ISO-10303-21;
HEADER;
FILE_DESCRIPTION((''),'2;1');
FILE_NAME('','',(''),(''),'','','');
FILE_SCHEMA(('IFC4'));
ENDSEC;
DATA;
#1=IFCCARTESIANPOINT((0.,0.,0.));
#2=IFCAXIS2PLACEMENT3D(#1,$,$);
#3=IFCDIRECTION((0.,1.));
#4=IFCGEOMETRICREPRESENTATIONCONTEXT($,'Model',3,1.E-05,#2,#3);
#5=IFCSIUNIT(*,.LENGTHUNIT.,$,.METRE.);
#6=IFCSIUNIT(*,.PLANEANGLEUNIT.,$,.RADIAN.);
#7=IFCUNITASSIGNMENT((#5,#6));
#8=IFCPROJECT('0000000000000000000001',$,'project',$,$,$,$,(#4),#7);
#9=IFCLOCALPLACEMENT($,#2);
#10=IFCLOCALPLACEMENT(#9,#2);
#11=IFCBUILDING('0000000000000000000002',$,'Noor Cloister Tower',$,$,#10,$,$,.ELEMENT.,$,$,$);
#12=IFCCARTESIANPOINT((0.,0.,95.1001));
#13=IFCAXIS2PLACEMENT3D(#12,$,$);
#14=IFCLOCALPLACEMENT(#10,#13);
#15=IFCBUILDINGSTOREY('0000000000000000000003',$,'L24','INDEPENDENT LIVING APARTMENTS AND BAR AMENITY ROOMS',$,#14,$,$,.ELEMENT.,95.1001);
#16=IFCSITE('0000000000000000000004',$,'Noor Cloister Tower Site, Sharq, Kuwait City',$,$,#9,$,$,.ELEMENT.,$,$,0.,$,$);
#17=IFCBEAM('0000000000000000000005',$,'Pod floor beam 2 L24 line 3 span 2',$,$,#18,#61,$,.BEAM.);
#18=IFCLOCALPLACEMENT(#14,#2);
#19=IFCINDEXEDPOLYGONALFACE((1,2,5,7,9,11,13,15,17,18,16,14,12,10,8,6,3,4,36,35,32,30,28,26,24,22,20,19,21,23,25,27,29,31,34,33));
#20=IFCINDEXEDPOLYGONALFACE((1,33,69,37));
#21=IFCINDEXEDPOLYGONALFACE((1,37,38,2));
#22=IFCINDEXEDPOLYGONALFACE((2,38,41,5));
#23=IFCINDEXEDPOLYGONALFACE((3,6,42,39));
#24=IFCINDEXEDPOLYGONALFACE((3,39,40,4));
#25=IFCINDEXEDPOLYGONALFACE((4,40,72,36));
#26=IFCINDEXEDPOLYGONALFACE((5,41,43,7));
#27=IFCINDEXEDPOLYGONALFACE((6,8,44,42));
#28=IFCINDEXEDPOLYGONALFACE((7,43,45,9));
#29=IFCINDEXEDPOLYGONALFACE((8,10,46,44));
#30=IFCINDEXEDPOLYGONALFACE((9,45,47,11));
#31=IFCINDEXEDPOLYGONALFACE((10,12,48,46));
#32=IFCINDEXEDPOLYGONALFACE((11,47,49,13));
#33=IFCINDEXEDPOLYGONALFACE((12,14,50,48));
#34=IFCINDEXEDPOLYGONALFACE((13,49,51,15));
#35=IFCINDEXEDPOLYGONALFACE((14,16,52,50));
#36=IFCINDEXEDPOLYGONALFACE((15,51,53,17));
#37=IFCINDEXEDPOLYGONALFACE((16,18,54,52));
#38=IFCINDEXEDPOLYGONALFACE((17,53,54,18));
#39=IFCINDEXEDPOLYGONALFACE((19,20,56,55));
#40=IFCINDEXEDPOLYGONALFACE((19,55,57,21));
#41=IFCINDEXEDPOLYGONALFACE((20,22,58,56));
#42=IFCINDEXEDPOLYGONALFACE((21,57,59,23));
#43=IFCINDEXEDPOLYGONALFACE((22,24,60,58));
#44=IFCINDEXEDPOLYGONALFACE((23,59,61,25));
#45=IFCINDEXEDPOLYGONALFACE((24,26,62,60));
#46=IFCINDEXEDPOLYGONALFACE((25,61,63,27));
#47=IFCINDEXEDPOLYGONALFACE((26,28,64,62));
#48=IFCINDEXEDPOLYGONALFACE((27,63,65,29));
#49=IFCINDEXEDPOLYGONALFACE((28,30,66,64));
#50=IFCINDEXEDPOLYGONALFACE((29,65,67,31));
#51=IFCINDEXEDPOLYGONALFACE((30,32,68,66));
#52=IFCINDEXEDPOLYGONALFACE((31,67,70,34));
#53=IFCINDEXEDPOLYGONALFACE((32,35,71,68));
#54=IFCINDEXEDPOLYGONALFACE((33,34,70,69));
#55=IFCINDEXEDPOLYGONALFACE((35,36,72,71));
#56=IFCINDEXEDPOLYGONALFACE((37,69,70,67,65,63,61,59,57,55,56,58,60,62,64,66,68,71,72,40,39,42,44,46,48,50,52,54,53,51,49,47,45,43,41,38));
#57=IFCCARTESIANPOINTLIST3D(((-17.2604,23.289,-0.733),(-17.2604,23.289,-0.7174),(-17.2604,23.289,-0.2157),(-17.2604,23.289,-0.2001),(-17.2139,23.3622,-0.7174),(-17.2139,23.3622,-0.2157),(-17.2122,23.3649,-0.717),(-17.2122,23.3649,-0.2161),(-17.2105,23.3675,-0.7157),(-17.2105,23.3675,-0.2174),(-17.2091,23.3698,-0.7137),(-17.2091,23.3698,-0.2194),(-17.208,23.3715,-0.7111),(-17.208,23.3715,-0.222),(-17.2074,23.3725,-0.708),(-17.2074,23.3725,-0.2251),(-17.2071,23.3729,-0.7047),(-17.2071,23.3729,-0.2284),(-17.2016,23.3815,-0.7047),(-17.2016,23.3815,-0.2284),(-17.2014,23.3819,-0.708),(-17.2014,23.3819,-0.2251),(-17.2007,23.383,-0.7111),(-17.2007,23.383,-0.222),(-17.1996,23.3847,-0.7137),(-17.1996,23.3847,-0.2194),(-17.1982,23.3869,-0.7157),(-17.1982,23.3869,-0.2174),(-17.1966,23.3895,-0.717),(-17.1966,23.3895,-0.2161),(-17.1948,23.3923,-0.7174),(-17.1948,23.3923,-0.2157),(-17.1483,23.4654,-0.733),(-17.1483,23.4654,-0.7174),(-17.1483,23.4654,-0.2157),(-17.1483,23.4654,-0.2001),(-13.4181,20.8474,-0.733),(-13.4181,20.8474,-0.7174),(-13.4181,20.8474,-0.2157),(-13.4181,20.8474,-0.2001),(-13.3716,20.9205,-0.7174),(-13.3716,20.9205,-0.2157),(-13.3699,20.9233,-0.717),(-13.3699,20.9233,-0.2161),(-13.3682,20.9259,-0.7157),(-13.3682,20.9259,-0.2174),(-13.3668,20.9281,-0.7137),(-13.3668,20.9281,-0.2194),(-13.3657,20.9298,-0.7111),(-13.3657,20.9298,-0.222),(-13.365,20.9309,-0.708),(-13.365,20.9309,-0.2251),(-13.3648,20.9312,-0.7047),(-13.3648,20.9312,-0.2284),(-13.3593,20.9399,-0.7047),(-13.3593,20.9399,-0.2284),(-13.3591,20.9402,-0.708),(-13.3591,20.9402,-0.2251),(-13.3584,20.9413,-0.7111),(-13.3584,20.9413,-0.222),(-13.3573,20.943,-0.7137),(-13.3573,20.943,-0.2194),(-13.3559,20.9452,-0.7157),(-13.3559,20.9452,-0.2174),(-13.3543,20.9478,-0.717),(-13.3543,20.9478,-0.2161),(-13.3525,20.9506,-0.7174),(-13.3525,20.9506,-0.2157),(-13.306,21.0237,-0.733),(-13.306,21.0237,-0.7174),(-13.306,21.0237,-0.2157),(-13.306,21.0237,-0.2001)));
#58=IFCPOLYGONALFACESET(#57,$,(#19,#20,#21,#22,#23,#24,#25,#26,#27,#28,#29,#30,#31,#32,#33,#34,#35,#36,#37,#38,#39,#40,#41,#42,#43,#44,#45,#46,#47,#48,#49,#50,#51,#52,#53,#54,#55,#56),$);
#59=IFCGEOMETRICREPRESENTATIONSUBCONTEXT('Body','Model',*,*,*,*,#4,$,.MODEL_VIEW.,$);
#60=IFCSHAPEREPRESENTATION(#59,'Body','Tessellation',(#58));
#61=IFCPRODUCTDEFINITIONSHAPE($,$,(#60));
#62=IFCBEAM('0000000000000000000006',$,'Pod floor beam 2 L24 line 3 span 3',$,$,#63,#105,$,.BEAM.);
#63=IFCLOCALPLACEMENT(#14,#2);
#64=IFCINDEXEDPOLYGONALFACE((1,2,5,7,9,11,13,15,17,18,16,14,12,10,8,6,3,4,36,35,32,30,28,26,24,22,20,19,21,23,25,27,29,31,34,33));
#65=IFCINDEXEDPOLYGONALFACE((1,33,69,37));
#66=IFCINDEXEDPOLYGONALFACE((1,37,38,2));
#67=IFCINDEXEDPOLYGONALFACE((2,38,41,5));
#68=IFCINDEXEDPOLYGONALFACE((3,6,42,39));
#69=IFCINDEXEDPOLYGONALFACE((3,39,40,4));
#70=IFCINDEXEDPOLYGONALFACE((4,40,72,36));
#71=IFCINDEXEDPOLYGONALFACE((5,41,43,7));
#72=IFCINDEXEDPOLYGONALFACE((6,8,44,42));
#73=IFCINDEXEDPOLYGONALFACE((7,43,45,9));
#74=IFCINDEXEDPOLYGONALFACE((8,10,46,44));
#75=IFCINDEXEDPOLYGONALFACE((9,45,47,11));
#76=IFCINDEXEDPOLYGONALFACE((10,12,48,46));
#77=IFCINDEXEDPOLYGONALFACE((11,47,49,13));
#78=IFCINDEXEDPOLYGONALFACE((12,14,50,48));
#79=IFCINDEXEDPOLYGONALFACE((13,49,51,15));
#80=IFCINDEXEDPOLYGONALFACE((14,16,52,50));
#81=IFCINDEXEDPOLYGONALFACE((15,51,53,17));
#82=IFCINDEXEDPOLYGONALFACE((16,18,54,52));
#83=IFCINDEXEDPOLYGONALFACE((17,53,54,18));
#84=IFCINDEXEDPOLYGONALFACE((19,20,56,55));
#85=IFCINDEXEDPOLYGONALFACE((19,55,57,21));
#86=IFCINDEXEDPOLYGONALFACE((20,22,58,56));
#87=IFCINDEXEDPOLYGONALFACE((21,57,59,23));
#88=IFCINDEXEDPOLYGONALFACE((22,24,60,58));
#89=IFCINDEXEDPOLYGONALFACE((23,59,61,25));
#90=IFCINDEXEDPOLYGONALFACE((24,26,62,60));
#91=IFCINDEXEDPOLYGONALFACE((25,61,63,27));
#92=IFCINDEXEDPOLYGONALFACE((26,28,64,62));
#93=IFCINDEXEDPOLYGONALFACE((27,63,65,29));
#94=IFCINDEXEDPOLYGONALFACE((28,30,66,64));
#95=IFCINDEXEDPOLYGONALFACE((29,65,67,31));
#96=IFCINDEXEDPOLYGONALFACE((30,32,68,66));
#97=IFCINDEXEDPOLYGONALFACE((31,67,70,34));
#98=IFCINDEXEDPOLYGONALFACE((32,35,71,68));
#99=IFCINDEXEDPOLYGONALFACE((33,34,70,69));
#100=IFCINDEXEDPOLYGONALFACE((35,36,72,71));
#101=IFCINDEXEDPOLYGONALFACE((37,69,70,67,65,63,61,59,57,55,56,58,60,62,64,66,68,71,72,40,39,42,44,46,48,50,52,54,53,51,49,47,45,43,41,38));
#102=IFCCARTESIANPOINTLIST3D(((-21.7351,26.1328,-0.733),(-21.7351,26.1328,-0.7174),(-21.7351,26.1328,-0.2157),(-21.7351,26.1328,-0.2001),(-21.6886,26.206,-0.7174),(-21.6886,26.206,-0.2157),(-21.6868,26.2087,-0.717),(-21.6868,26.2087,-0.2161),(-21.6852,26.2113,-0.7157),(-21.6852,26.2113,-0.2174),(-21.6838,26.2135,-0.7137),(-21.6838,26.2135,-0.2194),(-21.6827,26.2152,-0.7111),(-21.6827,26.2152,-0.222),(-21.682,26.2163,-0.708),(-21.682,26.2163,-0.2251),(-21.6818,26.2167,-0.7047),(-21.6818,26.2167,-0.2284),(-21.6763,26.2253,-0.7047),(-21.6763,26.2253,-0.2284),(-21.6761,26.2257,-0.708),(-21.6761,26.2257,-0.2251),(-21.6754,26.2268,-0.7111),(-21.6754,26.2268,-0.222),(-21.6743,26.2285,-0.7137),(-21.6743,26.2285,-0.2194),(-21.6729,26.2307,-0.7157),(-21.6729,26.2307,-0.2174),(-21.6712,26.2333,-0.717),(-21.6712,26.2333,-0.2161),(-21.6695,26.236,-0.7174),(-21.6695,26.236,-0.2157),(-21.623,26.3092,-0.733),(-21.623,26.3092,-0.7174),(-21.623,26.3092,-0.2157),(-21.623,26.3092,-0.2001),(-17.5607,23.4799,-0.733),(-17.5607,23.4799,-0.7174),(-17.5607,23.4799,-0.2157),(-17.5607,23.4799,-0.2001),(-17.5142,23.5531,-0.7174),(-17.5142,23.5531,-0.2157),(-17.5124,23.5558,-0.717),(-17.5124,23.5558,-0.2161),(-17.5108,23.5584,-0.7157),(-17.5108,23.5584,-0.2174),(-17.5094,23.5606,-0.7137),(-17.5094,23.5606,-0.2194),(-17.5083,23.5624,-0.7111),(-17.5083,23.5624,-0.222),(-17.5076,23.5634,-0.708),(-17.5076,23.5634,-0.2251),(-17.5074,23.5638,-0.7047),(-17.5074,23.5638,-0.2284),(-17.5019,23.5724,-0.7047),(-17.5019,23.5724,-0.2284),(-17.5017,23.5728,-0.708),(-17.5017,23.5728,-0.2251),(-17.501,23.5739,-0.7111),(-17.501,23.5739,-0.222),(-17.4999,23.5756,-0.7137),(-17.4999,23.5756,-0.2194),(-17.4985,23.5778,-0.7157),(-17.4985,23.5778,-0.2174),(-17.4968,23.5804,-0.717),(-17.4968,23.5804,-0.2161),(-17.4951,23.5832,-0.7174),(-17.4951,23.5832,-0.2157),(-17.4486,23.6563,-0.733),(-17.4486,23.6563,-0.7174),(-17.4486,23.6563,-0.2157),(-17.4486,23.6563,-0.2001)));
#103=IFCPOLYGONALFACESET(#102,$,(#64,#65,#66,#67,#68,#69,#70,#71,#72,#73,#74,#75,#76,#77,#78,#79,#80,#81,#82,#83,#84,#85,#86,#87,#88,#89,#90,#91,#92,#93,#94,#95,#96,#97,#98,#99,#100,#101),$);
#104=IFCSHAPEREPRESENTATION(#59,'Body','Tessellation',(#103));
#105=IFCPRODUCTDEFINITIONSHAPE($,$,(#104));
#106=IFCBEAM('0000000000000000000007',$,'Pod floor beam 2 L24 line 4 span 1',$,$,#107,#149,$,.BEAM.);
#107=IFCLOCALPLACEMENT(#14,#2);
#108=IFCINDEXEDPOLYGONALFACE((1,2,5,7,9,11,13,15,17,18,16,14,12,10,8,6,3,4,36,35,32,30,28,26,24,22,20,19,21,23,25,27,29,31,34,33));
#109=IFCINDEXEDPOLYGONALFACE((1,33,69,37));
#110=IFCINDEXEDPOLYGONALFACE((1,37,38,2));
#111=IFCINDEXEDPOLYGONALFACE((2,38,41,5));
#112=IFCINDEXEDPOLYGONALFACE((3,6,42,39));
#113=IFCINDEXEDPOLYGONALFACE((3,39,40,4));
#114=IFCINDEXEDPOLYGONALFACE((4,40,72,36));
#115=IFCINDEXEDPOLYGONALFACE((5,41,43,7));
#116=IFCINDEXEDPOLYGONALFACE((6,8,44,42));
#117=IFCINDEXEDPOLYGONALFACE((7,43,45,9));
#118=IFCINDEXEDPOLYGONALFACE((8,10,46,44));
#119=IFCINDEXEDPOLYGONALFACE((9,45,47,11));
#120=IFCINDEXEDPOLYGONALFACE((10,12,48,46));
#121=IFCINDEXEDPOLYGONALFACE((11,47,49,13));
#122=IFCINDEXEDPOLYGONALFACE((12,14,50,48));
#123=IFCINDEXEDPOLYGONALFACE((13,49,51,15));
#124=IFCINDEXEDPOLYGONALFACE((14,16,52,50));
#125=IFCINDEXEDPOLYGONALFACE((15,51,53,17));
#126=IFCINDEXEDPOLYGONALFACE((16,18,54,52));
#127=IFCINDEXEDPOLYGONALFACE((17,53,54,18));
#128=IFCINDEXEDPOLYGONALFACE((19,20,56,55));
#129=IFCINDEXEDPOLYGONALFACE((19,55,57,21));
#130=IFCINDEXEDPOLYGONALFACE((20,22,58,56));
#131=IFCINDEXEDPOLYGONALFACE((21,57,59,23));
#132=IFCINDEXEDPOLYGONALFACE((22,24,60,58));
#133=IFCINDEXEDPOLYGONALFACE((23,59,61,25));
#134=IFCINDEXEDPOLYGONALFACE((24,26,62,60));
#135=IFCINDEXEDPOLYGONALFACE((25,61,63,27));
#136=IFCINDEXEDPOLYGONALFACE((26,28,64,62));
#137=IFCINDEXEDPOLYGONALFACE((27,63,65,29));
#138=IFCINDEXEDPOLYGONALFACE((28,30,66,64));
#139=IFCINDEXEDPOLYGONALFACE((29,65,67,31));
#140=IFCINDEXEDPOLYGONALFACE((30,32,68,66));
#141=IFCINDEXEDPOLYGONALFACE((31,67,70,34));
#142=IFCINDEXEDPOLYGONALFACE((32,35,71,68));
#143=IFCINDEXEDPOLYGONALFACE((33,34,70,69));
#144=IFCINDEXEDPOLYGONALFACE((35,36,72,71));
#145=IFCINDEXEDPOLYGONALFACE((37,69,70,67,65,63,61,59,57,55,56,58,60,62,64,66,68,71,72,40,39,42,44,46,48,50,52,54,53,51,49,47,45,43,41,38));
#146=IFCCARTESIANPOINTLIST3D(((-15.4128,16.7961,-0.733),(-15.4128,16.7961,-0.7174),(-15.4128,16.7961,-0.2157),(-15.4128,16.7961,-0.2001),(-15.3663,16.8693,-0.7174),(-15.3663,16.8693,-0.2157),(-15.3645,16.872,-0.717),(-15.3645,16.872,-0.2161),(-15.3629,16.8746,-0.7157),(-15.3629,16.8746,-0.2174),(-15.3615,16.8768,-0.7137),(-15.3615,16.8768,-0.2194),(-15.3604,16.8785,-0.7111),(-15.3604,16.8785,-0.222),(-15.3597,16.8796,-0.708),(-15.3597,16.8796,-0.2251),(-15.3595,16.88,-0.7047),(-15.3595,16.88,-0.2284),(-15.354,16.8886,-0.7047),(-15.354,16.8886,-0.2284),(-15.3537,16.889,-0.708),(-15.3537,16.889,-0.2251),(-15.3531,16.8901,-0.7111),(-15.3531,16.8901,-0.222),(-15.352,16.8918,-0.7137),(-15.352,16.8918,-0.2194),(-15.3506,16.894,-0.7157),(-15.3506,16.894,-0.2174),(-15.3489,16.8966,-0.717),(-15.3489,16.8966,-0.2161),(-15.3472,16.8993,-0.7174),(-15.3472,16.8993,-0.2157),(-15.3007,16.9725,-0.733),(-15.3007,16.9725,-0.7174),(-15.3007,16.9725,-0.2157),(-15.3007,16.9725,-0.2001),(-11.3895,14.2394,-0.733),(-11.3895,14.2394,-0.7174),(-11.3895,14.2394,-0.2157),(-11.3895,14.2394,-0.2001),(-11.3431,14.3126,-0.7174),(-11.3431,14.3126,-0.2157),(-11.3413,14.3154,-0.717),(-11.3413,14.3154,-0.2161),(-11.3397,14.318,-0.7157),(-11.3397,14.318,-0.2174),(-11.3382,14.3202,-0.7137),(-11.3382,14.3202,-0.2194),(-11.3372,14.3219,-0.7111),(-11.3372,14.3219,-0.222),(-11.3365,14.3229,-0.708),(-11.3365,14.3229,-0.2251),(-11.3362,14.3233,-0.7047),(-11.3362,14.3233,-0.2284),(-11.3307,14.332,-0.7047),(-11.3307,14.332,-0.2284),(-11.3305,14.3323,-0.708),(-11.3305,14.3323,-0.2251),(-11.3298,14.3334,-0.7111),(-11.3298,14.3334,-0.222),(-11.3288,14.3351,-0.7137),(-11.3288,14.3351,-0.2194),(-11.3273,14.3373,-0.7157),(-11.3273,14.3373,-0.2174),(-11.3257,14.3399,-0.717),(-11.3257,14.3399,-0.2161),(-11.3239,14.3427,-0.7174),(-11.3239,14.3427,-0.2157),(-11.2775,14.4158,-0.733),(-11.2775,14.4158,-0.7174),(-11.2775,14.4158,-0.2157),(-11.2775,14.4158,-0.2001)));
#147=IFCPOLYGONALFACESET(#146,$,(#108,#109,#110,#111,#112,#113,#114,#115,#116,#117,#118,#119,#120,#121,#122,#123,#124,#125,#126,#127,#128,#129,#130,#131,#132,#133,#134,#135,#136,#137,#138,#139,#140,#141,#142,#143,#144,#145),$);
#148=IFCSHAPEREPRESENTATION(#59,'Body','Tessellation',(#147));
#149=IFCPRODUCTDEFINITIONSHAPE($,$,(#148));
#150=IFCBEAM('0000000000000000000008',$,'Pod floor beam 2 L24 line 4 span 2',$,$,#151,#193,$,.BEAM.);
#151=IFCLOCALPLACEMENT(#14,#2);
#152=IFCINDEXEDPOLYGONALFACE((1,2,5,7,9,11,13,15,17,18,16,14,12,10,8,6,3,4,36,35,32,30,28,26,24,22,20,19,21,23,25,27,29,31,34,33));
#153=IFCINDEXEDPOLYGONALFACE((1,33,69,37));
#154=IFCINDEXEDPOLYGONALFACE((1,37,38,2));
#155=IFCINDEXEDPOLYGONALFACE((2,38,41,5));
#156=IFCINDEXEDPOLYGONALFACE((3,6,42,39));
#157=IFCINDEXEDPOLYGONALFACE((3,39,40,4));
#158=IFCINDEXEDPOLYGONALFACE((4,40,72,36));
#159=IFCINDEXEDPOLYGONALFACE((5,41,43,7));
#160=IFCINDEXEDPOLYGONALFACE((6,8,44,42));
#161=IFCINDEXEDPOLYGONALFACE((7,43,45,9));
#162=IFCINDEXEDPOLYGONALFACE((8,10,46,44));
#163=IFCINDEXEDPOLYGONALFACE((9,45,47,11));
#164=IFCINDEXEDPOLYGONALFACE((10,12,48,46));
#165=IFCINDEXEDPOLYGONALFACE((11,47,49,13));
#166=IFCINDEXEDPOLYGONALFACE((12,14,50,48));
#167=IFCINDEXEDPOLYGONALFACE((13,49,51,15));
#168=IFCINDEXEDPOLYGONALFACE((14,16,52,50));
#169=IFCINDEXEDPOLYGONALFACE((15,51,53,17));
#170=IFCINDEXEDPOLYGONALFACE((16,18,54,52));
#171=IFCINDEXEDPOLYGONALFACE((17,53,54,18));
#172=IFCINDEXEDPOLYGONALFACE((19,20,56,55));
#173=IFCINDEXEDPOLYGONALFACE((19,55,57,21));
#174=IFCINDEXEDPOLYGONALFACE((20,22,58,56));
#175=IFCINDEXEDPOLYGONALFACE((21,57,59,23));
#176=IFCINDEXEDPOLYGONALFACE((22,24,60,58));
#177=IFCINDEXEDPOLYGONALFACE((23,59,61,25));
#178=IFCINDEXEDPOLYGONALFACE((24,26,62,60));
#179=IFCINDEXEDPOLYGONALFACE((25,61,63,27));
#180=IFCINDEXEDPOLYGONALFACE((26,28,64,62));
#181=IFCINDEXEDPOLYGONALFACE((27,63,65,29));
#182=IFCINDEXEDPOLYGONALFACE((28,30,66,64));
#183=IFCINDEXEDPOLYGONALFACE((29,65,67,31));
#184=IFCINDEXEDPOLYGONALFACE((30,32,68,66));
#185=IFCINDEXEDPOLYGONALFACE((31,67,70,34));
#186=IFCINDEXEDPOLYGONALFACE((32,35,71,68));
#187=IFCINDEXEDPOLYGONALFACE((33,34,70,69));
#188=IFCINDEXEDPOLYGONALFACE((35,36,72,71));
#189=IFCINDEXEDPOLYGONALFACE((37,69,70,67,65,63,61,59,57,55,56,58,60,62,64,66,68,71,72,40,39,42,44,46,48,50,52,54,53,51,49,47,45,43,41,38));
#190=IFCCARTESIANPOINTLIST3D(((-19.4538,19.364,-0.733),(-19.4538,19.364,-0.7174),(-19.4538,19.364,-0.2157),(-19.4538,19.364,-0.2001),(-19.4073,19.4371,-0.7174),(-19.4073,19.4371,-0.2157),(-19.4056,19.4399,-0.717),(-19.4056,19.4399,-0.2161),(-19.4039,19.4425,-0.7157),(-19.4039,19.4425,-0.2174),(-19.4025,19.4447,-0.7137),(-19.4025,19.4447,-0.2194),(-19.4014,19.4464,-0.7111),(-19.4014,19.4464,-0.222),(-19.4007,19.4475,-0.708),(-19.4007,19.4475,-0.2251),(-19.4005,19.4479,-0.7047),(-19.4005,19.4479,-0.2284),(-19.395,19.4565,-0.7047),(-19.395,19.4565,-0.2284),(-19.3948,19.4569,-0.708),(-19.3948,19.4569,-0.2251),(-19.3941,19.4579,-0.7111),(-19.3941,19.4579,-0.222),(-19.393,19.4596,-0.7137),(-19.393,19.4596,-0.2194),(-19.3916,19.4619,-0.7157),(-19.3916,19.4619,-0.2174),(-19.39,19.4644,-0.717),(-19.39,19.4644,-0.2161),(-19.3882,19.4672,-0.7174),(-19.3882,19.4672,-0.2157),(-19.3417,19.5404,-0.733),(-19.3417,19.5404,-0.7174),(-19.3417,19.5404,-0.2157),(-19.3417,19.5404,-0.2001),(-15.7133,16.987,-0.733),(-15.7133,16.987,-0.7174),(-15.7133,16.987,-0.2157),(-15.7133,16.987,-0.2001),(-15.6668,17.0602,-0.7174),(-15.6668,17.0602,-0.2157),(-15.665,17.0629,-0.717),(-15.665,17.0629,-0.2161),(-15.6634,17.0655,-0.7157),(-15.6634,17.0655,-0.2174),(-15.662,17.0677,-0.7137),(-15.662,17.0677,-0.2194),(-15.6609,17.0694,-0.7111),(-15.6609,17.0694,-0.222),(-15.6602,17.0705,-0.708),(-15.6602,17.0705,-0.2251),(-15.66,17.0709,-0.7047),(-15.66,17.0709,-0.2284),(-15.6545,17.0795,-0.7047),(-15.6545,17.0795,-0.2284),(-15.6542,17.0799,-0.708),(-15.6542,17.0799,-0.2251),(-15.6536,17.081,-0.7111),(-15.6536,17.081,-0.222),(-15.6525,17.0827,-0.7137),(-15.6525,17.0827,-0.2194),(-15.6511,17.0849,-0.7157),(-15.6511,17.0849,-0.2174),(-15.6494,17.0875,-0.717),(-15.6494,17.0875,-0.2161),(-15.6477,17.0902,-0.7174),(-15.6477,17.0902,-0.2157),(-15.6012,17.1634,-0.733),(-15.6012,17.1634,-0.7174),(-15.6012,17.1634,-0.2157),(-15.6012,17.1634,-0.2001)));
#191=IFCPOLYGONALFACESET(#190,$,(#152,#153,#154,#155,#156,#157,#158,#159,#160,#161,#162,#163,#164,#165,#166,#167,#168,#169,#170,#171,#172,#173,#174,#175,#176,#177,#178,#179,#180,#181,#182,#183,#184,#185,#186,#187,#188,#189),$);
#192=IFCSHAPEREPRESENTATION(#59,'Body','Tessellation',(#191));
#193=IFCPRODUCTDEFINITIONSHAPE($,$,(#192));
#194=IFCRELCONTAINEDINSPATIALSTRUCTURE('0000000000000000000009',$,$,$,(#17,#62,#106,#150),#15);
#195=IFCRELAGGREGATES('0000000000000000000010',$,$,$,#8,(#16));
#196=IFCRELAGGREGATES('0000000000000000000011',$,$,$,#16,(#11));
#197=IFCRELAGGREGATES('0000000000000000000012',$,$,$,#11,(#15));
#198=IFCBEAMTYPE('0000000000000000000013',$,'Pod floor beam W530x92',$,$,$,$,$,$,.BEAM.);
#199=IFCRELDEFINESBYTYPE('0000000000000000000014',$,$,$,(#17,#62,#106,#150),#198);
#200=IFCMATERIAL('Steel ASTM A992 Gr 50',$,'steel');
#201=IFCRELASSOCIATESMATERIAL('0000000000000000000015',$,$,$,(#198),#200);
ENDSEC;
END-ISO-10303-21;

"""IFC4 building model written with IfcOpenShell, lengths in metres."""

from ifc_helpers import new_model, si_unit, direction, frame, origin, origin_2d, place, context, subcontext, project, spatial, i_section, extrude, material, material_profile, profile_set, type_object, element, save


model = new_model("IFC4")

# Units and contexts
model_context = context("Model", 3, precision=1e-05, world=origin(), true_north=direction((0.0, 1.0)))
body_context = subcontext(model_context, "Body", "Model", "MODEL_VIEW")
ifc_project = project(units=[si_unit("LENGTHUNIT", "METRE"), si_unit("PLANEANGLEUNIT", "RADIAN")], contexts=[model_context])

# Site, building, storey
site_placement = place(None, origin())
site = spatial("IfcSite", under=ifc_project, at=site_placement, Name="Noor Cloister Tower Site, Sharq, Kuwait City", CompositionType="ELEMENT", RefElevation=0.0)
building_placement = place(site_placement, origin())
building = spatial("IfcBuilding", under=site, at=building_placement, Name="Noor Cloister Tower", CompositionType="ELEMENT")
storey_placement = place(building_placement, frame((0.0, 0.0, 95.1001)))
storey = spatial("IfcBuildingStorey", under=building, at=storey_placement, Name="L24", Description="INDEPENDENT LIVING APARTMENTS AND BAR AMENITY ROOMS", CompositionType="ELEMENT", Elevation=95.1001)

# Beams
ifc_material_1 = material(Name="Steel ASTM A992 Gr 50", Category="steel")
ifc_material_profile_1 = material_profile(ifc_material_1, i_section(OverallWidth=0.209, OverallDepth=0.533, WebThickness=0.0103, FlangeThickness=0.0156, FilletRadius=0.0127, at=origin_2d()), Name="W530x92")
ifc_profile_set_1 = profile_set([ifc_material_profile_1], Name="Steel ASTM A992 Gr 50")
beam_type_1 = type_object("IfcBeamType", Name="Pod floor beam W530x92", PredefinedType="BEAM", material=ifc_profile_set_1)
beam_1_placement = place(storey_placement, frame((-13.3621, 20.9355, -0.4666), z_axis=(-0.844004, 0.536338, 0.0), x_axis=(-0.536338, -0.844004, 0.0)))
element("IfcBeam", 1, at=beam_1_placement, inside=storey, type_object=beam_type_1, Name="Pod floor beam 2 L24 line 3 span 2", PredefinedType="BEAM", context=body_context, shape_type="SweptSolid", body=[
    extrude(i_section(OverallWidth=0.209, OverallDepth=0.533, WebThickness=0.0103, FlangeThickness=0.0156, FilletRadius=0.0127, at=origin_2d()), origin(), (0.0, 0.0, 1.0), 4.5525),
])
beam_2_placement = place(storey_placement, frame((-17.5046, 23.5681, -0.4666), z_axis=(-0.843987, 0.536364, 0.0), x_axis=(-0.536364, -0.843987, 0.0)))
element("IfcBeam", 2, at=beam_2_placement, inside=storey, type_object=beam_type_1, Name="Pod floor beam 2 L24 line 3 span 3", PredefinedType="BEAM", context=body_context, shape_type="SweptSolid", body=[
    extrude(i_section(OverallWidth=0.209, OverallDepth=0.533, WebThickness=0.0103, FlangeThickness=0.0156, FilletRadius=0.0127, at=origin_2d()), origin(), (0.0, 0.0, 1.0), 4.946),
])
beam_3_placement = place(storey_placement, frame((-11.3335, 14.3276, -0.4666), z_axis=(-0.844001, 0.536342, 0.0), x_axis=(-0.536342, -0.844001, 0.0)))
element("IfcBeam", 3, at=beam_3_placement, inside=storey, type_object=beam_type_1, Name="Pod floor beam 2 L24 line 4 span 1", PredefinedType="BEAM", context=body_context, shape_type="SweptSolid", body=[
    extrude(i_section(OverallWidth=0.209, OverallDepth=0.533, WebThickness=0.0103, FlangeThickness=0.0156, FilletRadius=0.0127, at=origin_2d()), origin(), (0.0, 0.0, 1.0), 4.7668),
])
beam_4_placement = place(storey_placement, frame((-15.6572, 17.0752, -0.4666), z_axis=(-0.844004, 0.536337, 0.0), x_axis=(-0.536337, -0.844004, 0.0)))
element("IfcBeam", 4, at=beam_4_placement, inside=storey, type_object=beam_type_1, Name="Pod floor beam 2 L24 line 4 span 2", PredefinedType="BEAM", context=body_context, shape_type="SweptSolid", body=[
    extrude(i_section(OverallWidth=0.209, OverallDepth=0.533, WebThickness=0.0103, FlangeThickness=0.0156, FilletRadius=0.0127, at=origin_2d()), origin(), (0.0, 0.0, 1.0), 4.4319),
])

save(model, "model.ifc")
